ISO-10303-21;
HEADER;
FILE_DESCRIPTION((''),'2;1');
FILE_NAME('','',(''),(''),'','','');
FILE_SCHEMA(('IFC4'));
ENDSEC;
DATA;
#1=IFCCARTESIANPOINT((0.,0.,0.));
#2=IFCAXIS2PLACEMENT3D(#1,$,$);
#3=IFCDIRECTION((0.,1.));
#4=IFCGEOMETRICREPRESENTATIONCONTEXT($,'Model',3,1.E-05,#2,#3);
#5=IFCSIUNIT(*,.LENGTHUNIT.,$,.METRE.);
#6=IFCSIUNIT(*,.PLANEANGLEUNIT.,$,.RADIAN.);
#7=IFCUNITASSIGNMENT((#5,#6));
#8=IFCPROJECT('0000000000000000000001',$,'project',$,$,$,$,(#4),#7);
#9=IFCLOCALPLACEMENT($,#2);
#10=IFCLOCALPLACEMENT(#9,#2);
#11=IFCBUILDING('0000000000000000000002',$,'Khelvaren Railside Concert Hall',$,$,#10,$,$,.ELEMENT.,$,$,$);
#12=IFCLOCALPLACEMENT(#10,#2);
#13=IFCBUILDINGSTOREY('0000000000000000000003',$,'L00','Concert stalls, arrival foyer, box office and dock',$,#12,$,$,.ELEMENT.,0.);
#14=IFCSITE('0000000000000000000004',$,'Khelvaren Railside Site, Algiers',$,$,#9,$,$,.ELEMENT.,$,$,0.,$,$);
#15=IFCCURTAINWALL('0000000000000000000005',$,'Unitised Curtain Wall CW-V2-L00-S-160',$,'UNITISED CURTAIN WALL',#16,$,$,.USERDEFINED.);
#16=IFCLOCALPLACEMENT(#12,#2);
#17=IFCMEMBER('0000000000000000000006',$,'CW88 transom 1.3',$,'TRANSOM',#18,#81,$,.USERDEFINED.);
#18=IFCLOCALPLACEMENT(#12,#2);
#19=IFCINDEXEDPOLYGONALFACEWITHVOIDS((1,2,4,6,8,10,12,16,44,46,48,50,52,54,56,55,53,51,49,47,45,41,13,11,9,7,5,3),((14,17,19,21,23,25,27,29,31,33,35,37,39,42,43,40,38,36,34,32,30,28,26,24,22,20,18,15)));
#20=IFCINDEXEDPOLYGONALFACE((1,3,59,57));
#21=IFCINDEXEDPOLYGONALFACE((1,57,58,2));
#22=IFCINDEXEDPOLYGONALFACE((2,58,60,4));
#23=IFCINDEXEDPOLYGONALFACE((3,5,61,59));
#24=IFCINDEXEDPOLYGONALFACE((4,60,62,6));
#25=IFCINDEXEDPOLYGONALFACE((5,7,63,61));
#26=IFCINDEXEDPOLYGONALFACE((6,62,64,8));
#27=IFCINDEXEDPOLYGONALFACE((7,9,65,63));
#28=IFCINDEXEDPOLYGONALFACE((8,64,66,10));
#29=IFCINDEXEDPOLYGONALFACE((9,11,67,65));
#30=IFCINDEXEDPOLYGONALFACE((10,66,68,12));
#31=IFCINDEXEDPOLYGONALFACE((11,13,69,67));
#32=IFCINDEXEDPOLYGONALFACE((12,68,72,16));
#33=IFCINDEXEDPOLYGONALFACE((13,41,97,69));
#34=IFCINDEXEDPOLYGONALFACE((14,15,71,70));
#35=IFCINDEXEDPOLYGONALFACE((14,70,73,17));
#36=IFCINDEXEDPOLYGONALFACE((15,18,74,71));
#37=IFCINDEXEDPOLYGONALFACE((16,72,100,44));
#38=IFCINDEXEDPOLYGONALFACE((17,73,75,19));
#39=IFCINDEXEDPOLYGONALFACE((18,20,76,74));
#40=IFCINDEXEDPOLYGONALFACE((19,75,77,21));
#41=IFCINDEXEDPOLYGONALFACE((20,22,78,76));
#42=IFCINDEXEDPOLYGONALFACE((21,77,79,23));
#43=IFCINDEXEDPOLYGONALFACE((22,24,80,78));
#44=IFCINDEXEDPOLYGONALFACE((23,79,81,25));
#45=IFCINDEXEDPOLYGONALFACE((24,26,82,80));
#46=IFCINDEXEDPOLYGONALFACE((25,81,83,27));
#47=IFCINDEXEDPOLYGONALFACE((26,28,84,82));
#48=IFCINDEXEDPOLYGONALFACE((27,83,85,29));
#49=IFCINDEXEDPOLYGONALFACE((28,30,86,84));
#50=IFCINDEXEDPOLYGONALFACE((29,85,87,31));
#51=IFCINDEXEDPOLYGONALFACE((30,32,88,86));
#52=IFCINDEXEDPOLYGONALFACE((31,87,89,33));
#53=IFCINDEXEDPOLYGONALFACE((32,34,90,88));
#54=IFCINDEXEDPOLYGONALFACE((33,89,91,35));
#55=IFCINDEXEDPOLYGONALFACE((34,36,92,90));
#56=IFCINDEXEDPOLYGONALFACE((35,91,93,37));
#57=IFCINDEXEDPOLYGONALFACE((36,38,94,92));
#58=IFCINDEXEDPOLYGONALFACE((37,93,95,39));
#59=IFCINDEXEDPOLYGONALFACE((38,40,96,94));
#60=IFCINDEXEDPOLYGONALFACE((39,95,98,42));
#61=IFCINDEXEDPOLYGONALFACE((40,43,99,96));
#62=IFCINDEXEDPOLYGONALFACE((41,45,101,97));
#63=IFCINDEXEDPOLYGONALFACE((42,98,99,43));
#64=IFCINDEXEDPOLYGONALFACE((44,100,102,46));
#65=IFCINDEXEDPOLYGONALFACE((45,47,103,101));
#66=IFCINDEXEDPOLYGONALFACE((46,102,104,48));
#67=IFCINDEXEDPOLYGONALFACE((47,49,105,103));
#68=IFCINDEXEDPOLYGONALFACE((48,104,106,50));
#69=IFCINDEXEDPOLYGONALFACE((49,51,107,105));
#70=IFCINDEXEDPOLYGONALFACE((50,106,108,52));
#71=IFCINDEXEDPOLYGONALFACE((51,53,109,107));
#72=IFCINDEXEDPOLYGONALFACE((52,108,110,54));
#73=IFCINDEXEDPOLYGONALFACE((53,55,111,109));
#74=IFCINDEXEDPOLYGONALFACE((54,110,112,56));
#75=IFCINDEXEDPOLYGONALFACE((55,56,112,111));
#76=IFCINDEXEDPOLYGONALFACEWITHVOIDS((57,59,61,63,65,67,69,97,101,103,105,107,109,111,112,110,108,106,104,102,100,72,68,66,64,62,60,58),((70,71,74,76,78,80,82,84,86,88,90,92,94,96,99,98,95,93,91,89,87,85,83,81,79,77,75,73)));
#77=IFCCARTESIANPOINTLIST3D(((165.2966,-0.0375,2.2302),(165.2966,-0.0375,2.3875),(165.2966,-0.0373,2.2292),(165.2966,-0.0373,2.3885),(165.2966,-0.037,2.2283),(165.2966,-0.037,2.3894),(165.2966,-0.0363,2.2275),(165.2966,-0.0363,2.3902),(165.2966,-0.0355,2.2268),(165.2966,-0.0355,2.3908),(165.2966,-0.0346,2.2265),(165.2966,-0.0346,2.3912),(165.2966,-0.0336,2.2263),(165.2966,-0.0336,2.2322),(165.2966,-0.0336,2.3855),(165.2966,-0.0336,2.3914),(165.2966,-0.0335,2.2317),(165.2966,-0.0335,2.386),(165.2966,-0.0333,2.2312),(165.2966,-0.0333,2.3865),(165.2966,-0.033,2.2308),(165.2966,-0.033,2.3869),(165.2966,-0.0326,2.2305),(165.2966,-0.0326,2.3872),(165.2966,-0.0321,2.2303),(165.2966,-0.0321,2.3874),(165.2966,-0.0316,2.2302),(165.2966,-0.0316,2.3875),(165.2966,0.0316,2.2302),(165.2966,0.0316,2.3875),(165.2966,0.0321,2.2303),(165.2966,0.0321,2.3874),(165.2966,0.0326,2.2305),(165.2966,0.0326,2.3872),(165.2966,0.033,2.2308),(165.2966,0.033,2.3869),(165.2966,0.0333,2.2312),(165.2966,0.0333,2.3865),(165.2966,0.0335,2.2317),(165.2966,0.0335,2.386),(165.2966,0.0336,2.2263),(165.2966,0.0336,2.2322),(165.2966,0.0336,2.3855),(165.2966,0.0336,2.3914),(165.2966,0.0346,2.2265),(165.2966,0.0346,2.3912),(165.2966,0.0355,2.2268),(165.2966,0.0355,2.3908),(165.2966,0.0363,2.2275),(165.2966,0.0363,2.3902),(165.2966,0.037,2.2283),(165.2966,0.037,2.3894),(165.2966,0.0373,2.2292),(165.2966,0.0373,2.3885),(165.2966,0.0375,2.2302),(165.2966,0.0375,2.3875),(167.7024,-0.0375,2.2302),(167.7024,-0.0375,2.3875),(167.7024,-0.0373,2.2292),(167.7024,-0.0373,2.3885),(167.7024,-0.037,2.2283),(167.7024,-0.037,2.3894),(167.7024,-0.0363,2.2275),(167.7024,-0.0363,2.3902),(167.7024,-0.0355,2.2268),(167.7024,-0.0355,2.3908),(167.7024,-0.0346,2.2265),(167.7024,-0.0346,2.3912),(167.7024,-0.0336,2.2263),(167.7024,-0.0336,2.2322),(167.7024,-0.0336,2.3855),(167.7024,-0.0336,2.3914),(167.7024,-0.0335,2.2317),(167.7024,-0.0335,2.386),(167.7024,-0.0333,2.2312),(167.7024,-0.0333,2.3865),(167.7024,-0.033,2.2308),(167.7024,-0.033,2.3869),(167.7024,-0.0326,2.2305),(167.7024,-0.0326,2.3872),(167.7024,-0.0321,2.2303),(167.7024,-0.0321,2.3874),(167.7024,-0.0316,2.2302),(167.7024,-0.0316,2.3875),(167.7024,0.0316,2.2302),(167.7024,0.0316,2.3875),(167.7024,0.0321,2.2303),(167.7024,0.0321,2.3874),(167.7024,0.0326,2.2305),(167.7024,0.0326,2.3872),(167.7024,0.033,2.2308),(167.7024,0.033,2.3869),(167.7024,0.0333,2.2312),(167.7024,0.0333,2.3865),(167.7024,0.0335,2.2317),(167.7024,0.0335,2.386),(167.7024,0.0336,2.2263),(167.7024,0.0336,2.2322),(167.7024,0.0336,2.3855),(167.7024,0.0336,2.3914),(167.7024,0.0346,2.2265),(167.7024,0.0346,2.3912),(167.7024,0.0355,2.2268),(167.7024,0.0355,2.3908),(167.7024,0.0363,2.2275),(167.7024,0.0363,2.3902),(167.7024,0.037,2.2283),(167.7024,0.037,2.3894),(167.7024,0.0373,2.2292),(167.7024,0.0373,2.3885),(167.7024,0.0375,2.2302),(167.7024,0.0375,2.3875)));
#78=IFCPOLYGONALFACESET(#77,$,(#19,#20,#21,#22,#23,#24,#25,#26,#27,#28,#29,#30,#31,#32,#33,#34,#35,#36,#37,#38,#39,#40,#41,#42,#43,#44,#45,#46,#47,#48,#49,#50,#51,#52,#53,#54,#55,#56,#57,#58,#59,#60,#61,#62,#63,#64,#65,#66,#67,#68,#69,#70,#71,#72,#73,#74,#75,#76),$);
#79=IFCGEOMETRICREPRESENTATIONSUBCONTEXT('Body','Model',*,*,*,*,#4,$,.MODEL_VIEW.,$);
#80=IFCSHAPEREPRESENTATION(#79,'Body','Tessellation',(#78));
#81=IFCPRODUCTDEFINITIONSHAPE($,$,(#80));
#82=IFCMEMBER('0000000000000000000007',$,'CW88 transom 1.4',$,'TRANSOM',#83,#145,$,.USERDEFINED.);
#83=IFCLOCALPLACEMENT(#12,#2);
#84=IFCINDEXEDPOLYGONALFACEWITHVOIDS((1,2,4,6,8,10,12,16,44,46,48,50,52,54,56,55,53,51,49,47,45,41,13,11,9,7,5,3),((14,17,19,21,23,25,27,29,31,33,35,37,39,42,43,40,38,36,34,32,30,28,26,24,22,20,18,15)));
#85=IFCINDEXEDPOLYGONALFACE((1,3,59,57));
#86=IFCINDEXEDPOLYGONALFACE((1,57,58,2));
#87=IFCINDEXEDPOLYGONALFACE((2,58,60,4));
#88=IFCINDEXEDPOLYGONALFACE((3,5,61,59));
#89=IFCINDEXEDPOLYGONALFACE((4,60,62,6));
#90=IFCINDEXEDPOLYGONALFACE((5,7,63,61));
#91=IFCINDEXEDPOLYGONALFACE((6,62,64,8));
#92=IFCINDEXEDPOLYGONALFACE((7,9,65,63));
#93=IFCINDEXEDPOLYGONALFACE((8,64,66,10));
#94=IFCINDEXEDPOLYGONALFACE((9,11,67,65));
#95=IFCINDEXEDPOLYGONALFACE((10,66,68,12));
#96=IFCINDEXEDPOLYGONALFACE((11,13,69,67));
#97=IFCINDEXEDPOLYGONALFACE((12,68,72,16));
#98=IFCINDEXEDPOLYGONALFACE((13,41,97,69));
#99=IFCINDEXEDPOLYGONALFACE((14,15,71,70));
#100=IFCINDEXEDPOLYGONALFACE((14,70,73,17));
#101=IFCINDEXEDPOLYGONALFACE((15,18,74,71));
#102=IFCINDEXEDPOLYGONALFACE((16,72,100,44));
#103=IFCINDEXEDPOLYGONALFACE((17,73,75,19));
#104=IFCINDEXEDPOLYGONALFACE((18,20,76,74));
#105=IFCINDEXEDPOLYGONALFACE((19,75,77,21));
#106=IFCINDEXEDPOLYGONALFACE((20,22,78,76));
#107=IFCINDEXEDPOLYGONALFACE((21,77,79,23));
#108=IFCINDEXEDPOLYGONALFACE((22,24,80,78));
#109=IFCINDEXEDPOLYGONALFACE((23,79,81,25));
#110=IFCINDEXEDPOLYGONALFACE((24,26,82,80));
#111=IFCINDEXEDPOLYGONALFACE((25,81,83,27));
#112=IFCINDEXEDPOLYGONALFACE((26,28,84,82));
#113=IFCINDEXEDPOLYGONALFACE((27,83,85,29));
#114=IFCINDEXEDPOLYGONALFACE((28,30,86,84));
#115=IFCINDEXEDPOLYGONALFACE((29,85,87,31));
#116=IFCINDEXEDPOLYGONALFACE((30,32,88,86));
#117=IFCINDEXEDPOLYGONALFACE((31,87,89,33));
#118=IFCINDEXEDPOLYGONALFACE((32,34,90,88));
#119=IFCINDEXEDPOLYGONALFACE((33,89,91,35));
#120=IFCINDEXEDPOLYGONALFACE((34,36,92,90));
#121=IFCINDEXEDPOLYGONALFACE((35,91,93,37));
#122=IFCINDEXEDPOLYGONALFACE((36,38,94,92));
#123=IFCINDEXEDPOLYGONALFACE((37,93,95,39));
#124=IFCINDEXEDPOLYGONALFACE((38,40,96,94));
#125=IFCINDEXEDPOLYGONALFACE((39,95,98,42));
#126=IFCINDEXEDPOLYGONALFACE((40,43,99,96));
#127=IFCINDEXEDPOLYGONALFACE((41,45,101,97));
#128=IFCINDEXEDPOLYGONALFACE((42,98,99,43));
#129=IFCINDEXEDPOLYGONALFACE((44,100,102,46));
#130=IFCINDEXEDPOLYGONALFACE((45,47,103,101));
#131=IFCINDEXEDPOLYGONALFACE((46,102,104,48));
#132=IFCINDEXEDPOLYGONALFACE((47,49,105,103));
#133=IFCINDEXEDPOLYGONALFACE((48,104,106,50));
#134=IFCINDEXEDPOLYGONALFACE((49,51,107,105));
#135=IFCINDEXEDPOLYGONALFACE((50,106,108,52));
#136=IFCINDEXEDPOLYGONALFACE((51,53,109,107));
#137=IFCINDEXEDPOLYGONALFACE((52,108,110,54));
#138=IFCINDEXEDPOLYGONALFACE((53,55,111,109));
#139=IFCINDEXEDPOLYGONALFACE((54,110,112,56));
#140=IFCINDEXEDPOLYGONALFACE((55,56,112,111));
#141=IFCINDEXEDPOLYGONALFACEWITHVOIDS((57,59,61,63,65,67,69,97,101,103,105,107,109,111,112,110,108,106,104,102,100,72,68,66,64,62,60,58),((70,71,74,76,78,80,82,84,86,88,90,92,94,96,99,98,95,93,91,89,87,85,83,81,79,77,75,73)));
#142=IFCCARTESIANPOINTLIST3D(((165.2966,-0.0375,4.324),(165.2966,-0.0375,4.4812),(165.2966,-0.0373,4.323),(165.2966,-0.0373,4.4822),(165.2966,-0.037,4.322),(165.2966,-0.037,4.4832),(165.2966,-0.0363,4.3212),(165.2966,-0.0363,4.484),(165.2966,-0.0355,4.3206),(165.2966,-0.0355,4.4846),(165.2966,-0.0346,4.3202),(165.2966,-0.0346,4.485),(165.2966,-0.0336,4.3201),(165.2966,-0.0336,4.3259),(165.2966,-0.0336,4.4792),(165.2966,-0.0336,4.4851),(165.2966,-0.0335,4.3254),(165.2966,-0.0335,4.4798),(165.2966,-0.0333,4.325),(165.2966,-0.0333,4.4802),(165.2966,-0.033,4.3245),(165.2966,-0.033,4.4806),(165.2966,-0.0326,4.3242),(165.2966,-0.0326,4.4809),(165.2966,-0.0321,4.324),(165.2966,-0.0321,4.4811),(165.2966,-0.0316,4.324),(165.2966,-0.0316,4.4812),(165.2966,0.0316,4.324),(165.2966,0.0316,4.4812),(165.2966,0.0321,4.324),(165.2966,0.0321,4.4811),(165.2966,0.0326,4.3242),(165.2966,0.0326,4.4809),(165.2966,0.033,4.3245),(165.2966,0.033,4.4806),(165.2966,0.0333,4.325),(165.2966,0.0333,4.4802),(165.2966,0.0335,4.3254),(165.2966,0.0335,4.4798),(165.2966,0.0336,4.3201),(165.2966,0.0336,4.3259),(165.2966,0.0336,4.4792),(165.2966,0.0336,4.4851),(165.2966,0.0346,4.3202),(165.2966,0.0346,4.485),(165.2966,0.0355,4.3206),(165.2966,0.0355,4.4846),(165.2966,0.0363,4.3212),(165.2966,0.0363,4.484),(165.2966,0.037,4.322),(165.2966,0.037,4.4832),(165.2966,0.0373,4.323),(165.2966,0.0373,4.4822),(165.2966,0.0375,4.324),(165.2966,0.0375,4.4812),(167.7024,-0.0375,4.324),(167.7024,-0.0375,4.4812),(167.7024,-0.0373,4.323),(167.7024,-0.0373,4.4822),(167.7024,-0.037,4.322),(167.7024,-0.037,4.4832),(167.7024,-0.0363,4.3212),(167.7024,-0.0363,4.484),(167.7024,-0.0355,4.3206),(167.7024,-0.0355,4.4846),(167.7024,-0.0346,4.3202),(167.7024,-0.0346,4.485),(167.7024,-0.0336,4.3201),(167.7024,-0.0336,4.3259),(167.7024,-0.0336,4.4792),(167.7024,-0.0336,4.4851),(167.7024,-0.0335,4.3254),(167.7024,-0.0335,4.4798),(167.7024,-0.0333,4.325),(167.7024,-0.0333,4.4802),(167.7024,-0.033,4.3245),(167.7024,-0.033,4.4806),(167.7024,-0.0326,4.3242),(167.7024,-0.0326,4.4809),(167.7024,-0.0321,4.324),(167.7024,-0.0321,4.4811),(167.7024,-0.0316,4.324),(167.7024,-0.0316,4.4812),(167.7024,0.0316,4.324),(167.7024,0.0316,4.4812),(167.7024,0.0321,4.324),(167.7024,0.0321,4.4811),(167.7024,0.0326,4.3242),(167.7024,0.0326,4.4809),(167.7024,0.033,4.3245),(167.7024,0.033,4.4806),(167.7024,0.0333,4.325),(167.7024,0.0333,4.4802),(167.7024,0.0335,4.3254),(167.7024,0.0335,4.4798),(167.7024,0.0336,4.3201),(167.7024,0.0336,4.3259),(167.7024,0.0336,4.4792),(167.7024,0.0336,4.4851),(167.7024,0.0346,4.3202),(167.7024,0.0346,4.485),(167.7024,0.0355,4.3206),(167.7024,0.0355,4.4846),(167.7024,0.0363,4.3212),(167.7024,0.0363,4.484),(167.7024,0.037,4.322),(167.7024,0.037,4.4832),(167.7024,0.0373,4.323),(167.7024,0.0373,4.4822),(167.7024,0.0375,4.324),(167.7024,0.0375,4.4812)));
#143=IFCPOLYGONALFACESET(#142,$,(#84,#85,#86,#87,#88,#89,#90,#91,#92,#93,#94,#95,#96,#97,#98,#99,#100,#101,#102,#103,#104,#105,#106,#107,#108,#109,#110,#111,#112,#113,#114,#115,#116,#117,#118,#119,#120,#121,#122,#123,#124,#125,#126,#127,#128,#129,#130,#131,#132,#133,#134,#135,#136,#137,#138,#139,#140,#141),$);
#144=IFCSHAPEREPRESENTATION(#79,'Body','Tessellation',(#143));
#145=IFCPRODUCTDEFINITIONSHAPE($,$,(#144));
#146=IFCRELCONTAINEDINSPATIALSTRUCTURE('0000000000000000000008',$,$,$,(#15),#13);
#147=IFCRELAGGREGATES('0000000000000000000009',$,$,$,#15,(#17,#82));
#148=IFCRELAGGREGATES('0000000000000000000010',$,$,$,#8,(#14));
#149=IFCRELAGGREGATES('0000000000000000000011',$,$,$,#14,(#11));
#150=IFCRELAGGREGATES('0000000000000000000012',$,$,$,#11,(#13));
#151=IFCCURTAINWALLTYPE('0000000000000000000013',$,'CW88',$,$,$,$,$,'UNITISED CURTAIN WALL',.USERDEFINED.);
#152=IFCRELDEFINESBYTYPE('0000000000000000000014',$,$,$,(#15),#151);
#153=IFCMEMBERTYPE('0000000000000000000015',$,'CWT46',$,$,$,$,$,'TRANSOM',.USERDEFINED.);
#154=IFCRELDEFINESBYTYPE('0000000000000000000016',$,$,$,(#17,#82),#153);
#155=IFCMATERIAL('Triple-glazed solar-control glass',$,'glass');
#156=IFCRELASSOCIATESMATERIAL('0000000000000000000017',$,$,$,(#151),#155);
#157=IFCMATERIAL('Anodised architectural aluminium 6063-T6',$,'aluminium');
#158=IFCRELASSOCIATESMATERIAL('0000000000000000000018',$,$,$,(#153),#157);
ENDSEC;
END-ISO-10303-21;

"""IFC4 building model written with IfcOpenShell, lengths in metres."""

from ifc_helpers import new_model, si_unit, direction, frame, origin, origin_2d, place, context, subcontext, project, spatial, hollow_rectangle, extrude, material, material_profile, profile_set, type_object, element, aggregate, save


model = new_model("IFC4")

# Units and contexts
model_context = context("Model", 3, precision=1e-05, world=origin(), true_north=direction((0.0, 1.0)))
body_context = subcontext(model_context, "Body", "Model", "MODEL_VIEW")
ifc_project = project(units=[si_unit("LENGTHUNIT", "METRE"), si_unit("PLANEANGLEUNIT", "RADIAN")], contexts=[model_context])

# Site, building, storey
site_placement = place(None, origin())
site = spatial("IfcSite", under=ifc_project, at=site_placement, Name="Khelvaren Railside Site, Algiers", CompositionType="ELEMENT", RefElevation=0.0)
building_placement = place(site_placement, origin())
building = spatial("IfcBuilding", under=site, at=building_placement, Name="Khelvaren Railside Concert Hall", CompositionType="ELEMENT")
storey_placement = place(building_placement, origin())
storey = spatial("IfcBuildingStorey", under=building, at=storey_placement, Name="L00", Description="Concert stalls, arrival foyer, box office and dock", CompositionType="ELEMENT", Elevation=0.0)

# Curtain wall, members
ifc_material_1 = material(Name="Triple-glazed solar-control glass", Category="glass")
curtain_wall_type = type_object("IfcCurtainWallType", Name="CW88", ElementType="UNITISED CURTAIN WALL", PredefinedType="USERDEFINED", material=ifc_material_1)
curtain_wall_placement = place(storey_placement, origin())
curtain_wall = element("IfcCurtainWall", 1, at=curtain_wall_placement, inside=storey, type_object=curtain_wall_type, Name="Unitised Curtain Wall CW-V2-L00-S-160", ObjectType="UNITISED CURTAIN WALL", PredefinedType="USERDEFINED")
ifc_material_2 = material(Name="Anodised architectural aluminium 6063-T6", Category="aluminium")
ifc_material_profile_1 = material_profile(ifc_material_2, hollow_rectangle(XDim=0.075, YDim=0.165, WallThickness=0.0039, InnerFilletRadius=0.002, OuterFilletRadius=0.0039, at=origin_2d()), Name="CWT 75x165x4")
ifc_profile_set_1 = profile_set([ifc_material_profile_1], Name="Anodised architectural aluminium 6063-T6")
member_type_1 = type_object("IfcMemberType", Name="CWT46", ElementType="TRANSOM", PredefinedType="USERDEFINED", material=ifc_profile_set_1)
member_1_placement = place(storey_placement, frame((167.7024, 0.0, 2.3088), z_axis=(-1.0, 0.0, 0.0), x_axis=(0.0, -1.0, 0.0)))
member_1 = element("IfcMember", 2, at=member_1_placement, type_object=member_type_1, Name="CW88 transom 1.3", ObjectType="TRANSOM", PredefinedType="USERDEFINED", context=body_context, shape_type="SweptSolid", body=[
    extrude(hollow_rectangle(XDim=0.075, YDim=0.165, WallThickness=0.0039, InnerFilletRadius=0.002, OuterFilletRadius=0.0039, at=origin_2d()), origin(), (0.0, 0.0, 1.0), 2.4058),
])
member_2_placement = place(storey_placement, frame((167.7024, 0.0, 4.4026), z_axis=(-1.0, 0.0, 0.0), x_axis=(0.0, -1.0, 0.0)))
member_2 = element("IfcMember", 3, at=member_2_placement, type_object=member_type_1, Name="CW88 transom 1.4", ObjectType="TRANSOM", PredefinedType="USERDEFINED", context=body_context, shape_type="SweptSolid", body=[
    extrude(hollow_rectangle(XDim=0.075, YDim=0.165, WallThickness=0.0039, InnerFilletRadius=0.002, OuterFilletRadius=0.0039, at=origin_2d()), origin(), (0.0, 0.0, 1.0), 2.4058),
])

aggregate(curtain_wall, [member_1, member_2])

save(model, "model.ifc")
